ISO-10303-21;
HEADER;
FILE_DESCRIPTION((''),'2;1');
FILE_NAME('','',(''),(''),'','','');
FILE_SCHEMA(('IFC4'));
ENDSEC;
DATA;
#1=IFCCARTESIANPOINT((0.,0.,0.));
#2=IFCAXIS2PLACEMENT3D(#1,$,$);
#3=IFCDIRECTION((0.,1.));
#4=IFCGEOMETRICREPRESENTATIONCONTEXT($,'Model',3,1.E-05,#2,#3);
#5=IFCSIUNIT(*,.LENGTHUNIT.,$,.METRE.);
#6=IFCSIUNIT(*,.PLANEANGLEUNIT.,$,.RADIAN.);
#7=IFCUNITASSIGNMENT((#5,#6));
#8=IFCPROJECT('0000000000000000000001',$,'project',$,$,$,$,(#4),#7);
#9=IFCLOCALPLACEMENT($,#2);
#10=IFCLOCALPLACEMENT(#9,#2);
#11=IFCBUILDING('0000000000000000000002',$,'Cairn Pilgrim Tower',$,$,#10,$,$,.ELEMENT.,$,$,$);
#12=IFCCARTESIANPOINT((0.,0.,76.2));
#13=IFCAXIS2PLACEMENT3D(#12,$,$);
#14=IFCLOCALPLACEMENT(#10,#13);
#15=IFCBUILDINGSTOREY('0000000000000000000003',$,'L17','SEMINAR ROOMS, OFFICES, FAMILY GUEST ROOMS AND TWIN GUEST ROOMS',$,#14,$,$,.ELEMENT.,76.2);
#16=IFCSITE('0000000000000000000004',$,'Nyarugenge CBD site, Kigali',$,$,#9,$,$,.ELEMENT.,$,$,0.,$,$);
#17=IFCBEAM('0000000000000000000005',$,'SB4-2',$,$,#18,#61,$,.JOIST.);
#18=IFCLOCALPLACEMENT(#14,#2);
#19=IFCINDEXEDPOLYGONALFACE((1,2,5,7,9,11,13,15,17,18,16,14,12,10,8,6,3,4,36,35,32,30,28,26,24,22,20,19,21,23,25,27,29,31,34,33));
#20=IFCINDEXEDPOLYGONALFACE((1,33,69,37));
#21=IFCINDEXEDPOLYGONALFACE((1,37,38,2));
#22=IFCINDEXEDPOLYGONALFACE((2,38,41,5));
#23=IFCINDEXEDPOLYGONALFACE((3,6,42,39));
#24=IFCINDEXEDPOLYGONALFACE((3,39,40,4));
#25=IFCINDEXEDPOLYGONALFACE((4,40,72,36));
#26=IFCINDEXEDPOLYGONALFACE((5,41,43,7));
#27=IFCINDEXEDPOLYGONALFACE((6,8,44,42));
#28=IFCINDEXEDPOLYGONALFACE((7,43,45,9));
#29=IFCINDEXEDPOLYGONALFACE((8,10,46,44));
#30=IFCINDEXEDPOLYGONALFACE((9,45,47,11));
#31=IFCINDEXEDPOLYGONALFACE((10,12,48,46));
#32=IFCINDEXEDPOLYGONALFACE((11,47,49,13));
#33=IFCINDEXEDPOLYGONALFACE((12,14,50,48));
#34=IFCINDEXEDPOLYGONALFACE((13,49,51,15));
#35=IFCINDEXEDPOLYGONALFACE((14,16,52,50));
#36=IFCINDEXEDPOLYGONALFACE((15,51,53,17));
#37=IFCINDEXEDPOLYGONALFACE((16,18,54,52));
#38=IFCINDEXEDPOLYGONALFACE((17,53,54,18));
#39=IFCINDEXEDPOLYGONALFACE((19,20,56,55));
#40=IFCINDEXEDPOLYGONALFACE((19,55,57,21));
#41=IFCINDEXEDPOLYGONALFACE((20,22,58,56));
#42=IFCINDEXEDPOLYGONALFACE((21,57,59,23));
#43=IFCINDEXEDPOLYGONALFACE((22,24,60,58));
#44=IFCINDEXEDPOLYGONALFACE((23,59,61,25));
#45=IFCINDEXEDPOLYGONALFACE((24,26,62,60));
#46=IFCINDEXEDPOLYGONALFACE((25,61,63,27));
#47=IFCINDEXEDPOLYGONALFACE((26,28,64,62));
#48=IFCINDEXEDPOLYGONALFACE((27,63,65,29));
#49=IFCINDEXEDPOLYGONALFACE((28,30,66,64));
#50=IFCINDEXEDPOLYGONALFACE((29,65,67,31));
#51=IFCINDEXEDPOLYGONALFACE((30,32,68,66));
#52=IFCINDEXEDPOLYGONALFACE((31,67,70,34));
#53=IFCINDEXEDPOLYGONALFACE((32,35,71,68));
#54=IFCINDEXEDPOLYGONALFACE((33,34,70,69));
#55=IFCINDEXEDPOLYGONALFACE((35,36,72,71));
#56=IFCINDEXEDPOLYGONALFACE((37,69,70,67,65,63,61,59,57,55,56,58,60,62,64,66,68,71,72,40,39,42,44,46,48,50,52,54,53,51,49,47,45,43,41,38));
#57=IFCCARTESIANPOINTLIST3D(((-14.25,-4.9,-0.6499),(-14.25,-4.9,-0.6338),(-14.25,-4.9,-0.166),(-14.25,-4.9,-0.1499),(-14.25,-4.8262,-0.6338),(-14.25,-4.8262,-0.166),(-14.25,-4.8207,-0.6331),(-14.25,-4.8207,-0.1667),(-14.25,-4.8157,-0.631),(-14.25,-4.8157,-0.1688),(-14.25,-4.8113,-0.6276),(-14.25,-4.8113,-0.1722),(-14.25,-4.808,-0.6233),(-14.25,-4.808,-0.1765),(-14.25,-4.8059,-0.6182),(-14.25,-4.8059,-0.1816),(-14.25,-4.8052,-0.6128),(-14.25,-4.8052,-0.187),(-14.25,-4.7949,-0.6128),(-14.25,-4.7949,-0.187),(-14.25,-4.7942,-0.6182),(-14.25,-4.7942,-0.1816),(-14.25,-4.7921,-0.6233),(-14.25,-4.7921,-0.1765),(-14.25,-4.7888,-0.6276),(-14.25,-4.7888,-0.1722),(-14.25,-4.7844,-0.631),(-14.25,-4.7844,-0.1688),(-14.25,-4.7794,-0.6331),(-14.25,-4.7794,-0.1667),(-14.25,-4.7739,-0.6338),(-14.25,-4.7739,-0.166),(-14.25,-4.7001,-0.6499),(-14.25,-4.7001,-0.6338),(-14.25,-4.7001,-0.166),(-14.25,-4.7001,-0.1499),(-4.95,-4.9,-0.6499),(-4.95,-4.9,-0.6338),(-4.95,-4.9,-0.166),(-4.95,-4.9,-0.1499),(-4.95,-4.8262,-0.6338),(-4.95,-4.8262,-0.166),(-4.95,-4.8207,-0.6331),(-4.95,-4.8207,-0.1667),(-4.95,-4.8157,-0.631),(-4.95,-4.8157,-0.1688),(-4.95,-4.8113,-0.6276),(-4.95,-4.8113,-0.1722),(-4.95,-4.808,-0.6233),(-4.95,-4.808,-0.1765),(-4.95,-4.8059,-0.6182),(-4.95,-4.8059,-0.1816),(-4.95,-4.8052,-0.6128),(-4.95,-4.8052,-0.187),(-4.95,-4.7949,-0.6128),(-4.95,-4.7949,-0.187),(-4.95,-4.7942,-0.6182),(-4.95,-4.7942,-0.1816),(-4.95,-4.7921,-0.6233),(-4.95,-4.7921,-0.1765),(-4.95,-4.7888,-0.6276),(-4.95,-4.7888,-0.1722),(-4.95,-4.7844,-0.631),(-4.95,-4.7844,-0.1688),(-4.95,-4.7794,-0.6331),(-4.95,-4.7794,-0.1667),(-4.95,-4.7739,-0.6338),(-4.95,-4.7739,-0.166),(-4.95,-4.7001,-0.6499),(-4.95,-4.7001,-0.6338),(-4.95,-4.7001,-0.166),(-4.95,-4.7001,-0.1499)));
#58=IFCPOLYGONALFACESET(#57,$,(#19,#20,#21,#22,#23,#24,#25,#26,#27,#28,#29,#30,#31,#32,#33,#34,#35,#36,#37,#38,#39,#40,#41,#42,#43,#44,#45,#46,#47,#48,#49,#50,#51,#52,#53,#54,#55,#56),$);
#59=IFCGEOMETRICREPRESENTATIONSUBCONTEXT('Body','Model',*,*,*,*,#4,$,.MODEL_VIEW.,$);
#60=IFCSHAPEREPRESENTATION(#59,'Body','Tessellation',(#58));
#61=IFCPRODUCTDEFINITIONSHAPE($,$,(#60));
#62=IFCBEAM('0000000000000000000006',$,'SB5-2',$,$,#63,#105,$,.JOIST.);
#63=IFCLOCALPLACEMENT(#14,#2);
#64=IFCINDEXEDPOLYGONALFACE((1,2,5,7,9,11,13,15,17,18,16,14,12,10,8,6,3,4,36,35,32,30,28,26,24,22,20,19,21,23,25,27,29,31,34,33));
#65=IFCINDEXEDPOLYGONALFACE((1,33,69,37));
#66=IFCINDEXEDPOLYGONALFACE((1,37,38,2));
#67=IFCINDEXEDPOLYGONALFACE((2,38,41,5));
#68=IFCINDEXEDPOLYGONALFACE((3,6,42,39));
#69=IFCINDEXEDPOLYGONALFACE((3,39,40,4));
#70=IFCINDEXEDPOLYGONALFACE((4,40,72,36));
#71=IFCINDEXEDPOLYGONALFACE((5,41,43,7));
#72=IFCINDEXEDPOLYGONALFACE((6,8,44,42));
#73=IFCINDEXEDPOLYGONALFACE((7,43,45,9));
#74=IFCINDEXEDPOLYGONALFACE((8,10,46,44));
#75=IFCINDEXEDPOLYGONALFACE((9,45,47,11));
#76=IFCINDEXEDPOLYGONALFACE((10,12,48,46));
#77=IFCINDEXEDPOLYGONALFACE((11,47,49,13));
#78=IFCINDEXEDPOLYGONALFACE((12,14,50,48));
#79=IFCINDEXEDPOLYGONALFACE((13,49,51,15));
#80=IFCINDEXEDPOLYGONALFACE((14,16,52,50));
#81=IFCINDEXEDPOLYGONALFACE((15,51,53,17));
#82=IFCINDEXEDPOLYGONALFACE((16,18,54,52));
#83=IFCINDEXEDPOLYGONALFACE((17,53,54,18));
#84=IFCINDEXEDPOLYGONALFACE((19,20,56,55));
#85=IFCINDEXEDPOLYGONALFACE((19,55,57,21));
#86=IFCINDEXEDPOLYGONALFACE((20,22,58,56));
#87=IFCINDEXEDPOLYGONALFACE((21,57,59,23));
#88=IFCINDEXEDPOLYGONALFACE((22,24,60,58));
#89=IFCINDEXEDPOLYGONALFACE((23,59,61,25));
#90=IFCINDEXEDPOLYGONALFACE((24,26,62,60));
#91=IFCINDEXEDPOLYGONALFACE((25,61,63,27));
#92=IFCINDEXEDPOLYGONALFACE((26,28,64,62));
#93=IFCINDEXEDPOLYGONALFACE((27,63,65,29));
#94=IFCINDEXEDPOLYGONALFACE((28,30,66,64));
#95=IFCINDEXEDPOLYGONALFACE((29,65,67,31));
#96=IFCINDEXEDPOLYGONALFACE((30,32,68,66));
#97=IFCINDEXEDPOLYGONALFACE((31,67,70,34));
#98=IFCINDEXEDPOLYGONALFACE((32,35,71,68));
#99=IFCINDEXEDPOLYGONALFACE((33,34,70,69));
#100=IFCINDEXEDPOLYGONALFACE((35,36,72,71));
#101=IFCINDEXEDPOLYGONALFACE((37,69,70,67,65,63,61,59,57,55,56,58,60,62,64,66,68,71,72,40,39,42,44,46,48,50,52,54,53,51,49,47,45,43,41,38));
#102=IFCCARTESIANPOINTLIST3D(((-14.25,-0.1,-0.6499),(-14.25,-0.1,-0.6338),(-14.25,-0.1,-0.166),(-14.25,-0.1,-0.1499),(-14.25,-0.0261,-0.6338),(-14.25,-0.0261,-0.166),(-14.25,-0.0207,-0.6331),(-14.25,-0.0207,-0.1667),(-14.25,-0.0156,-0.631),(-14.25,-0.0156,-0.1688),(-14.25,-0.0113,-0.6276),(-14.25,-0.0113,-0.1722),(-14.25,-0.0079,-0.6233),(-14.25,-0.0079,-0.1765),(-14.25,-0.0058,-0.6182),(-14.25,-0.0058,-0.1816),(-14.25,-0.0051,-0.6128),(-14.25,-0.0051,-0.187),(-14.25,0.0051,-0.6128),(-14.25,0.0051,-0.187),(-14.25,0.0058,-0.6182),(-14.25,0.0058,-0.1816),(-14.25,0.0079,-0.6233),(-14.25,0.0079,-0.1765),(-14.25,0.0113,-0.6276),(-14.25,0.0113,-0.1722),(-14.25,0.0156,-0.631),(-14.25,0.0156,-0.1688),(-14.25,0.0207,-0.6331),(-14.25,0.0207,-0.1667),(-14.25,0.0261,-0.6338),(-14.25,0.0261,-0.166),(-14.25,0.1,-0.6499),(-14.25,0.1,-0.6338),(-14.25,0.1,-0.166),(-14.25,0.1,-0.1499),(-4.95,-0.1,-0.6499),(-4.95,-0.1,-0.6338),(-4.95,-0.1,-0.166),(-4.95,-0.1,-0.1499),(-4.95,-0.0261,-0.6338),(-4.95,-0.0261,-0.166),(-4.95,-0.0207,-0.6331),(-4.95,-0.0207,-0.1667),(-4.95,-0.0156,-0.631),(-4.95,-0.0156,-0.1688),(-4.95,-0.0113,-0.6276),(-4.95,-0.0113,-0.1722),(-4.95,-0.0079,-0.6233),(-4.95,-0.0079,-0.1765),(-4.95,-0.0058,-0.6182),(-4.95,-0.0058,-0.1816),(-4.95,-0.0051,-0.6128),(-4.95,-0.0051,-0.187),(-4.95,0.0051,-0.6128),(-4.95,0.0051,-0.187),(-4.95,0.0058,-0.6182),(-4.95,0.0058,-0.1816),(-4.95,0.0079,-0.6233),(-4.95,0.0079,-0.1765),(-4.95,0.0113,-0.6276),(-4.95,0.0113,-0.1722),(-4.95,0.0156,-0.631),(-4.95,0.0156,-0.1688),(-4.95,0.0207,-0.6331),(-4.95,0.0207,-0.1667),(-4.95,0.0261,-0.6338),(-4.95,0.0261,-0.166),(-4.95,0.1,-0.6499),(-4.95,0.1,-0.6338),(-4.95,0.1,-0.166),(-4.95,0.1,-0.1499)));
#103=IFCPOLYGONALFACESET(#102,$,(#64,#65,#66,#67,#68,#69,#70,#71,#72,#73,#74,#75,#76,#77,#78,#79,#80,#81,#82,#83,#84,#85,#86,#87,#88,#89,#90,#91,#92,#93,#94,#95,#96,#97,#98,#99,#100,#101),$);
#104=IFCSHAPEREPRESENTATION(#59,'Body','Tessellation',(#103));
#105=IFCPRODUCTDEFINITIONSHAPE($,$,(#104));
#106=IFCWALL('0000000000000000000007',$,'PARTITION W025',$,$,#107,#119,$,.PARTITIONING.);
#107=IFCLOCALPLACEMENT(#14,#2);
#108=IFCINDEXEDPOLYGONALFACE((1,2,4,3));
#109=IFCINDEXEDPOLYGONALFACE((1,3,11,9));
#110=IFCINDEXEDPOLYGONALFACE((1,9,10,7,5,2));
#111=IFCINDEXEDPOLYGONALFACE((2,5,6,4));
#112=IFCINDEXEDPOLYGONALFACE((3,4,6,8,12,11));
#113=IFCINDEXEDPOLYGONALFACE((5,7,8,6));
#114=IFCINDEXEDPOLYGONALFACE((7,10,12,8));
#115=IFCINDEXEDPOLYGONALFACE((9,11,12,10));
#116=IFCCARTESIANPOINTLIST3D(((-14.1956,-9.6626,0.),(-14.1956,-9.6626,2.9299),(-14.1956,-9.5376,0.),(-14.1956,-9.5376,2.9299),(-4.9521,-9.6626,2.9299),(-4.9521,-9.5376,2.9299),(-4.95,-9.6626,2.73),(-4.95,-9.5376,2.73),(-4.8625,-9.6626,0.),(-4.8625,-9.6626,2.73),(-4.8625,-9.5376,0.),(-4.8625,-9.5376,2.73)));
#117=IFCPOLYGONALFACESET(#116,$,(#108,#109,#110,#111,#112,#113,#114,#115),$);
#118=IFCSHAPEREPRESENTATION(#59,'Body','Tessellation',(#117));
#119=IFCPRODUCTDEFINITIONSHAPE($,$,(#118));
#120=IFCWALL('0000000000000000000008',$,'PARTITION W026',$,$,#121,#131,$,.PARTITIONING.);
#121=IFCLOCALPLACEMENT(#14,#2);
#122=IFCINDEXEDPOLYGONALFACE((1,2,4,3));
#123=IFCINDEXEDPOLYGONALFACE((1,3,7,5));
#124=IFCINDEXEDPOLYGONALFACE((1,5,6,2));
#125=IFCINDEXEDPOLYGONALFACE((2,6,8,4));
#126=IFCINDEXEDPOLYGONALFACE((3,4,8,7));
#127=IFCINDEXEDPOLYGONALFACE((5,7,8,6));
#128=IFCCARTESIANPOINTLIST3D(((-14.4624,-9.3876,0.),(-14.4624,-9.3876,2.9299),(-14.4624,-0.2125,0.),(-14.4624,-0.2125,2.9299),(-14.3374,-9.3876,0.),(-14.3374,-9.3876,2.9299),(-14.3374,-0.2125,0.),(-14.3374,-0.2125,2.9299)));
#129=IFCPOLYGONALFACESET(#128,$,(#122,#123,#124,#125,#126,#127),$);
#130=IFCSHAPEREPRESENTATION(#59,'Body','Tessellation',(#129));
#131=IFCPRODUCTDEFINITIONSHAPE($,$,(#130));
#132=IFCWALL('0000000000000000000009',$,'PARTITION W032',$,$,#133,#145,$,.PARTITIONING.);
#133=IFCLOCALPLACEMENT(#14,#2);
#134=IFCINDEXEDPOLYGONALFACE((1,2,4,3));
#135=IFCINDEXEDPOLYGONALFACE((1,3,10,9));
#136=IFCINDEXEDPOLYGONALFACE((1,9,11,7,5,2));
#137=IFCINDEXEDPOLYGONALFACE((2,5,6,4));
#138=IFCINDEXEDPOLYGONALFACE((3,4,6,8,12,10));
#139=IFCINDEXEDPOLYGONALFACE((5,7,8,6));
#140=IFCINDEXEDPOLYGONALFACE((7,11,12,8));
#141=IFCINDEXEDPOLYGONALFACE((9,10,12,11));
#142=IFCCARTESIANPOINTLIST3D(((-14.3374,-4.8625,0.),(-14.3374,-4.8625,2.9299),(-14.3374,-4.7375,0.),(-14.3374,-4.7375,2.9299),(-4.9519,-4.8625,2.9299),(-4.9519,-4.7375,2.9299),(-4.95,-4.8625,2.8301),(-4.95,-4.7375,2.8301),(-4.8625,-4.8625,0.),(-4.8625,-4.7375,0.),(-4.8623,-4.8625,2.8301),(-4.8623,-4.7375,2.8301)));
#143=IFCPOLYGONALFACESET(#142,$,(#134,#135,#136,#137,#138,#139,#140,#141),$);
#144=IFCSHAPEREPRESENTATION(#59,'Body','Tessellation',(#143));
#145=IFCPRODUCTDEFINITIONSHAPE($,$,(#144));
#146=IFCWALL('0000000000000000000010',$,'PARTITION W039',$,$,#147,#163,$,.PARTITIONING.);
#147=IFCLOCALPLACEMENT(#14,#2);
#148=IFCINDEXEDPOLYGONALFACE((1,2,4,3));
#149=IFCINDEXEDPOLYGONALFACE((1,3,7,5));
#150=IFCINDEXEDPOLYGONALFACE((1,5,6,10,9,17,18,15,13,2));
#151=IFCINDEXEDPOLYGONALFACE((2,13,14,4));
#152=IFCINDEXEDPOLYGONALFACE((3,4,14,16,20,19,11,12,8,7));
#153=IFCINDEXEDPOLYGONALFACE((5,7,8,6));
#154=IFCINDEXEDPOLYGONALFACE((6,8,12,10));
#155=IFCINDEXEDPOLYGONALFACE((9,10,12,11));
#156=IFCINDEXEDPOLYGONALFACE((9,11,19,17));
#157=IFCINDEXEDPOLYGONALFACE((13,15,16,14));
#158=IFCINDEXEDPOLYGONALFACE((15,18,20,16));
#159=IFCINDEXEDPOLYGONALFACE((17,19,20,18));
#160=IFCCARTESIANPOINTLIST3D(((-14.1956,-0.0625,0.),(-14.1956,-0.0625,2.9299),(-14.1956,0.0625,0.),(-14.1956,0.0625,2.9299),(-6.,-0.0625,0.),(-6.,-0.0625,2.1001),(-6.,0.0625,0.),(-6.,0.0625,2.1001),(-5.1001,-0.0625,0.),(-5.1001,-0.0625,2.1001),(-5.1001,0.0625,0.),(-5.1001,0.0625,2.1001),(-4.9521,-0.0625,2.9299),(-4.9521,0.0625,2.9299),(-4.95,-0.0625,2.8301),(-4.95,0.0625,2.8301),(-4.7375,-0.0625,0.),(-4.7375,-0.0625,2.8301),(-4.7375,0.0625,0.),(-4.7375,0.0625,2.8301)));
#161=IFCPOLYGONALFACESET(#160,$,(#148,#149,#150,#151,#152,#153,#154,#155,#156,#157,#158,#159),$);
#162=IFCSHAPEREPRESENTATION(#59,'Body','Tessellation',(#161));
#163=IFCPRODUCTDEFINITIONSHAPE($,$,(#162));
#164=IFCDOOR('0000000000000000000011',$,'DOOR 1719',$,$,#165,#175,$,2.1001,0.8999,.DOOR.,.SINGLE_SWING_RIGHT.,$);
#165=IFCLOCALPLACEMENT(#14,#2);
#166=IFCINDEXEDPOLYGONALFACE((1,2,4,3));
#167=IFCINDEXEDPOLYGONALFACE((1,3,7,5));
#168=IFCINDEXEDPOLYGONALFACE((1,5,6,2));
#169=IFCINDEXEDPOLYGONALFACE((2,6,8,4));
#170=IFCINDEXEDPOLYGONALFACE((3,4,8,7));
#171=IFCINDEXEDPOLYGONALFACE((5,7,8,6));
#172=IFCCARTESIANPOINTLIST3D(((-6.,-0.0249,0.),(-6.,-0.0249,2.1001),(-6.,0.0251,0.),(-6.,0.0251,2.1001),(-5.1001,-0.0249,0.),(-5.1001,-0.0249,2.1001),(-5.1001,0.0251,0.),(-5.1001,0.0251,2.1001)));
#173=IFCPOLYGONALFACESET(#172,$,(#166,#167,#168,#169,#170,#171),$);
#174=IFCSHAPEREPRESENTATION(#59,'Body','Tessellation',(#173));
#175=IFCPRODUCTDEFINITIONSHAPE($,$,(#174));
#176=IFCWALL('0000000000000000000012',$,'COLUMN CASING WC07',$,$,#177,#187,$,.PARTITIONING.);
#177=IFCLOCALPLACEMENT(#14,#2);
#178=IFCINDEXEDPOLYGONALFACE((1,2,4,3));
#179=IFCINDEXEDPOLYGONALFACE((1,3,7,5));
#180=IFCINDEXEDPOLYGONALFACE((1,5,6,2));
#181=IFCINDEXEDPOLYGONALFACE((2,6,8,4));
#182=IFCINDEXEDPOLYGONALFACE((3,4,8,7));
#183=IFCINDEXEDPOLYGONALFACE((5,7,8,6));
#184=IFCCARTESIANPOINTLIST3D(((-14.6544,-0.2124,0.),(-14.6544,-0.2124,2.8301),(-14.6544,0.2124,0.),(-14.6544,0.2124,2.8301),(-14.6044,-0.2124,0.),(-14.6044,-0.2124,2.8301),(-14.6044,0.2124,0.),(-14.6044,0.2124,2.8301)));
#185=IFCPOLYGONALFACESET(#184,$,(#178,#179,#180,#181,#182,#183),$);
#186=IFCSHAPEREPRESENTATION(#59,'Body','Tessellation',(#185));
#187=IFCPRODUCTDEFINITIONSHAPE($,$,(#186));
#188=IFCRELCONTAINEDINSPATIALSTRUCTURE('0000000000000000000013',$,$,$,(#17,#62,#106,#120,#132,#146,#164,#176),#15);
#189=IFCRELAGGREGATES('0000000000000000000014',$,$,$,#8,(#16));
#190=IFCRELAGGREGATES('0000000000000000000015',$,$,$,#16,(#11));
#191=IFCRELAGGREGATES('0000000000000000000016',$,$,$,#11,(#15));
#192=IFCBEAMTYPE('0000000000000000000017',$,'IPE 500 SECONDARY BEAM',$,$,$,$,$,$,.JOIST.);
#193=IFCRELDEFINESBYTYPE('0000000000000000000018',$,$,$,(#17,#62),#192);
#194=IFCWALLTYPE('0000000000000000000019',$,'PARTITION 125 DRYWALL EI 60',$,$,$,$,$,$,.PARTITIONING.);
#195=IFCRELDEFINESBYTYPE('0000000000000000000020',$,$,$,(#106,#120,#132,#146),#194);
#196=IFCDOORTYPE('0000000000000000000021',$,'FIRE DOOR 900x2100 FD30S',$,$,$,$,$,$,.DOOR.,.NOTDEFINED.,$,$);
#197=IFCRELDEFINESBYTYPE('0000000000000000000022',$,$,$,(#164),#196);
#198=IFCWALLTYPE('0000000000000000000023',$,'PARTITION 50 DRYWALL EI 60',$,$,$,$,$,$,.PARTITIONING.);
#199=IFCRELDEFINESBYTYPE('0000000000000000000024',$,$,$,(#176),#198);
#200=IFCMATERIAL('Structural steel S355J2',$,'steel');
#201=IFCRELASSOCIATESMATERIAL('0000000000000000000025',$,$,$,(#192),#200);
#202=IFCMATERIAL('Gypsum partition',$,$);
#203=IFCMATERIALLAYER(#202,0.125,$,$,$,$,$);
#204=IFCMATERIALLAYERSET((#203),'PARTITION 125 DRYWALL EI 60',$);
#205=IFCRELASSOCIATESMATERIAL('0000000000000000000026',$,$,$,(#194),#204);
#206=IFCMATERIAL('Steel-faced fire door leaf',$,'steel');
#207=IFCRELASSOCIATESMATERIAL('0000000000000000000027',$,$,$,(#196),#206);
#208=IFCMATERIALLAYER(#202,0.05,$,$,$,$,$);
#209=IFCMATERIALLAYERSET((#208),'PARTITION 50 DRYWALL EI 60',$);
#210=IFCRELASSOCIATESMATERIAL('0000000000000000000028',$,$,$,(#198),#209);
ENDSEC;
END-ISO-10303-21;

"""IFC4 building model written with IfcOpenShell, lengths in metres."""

from ifc_helpers import new_model, si_unit, direction, frame, frame_2d, origin, origin_2d, place, context, subcontext, project, spatial, polyline, rectangle, i_section, outline, extrude, material, layer, layer_set, material_profile, profile_set, type_object, element, fill, save


model = new_model("IFC4")

# Units and contexts
model_context = context("Model", 3, precision=1e-05, world=origin(), true_north=direction((0.0, 1.0)))
body_context = subcontext(model_context, "Body", "Model", "MODEL_VIEW")
ifc_project = project(units=[si_unit("LENGTHUNIT", "METRE"), si_unit("PLANEANGLEUNIT", "RADIAN")], contexts=[model_context])

# Site, building, storey
site_placement = place(None, origin())
site = spatial("IfcSite", under=ifc_project, at=site_placement, Name="Nyarugenge CBD site, Kigali", CompositionType="ELEMENT", RefElevation=0.0)
building_placement = place(site_placement, origin())
building = spatial("IfcBuilding", under=site, at=building_placement, Name="Cairn Pilgrim Tower", CompositionType="ELEMENT")
storey_placement = place(building_placement, frame((0.0, 0.0, 76.2)))
storey = spatial("IfcBuildingStorey", under=building, at=storey_placement, Name="L17", Description="SEMINAR ROOMS, OFFICES, FAMILY GUEST ROOMS AND TWIN GUEST ROOMS", CompositionType="ELEMENT", Elevation=76.2)

# Beams
ifc_material_1 = material(Name="Structural steel S355J2", Category="steel")
ifc_material_profile_1 = material_profile(ifc_material_1, i_section(OverallWidth=0.2, OverallDepth=0.5, WebThickness=0.0103, FlangeThickness=0.0161, FilletRadius=0.021, at=origin_2d()), Name="IPE 500")
ifc_profile_set_1 = profile_set([ifc_material_profile_1], Name="Structural steel S355J2")
beam_type_1 = type_object("IfcBeamType", Name="IPE 500 SECONDARY BEAM", PredefinedType="JOIST", material=ifc_profile_set_1)
for number, where, z_axis, x_axis, name in (
    (1, (-14.25, -4.8, -0.3999), (1.0, 0.0, 0.0), (0.0, 1.0, 0.0), "SB4-2"),
    (2, (-14.25, 0.0, -0.3999), (1.0, 0.0, 0.0), (0.0, 1.0, 0.0), "SB5-2"),
):
    element("IfcBeam", number, at=place(storey_placement, frame(where, z_axis=z_axis, x_axis=x_axis)), inside=storey, type_object=beam_type_1, Name=name, PredefinedType="JOIST", context=body_context, shape_type="SweptSolid", body=[
        extrude(i_section(OverallWidth=0.2, OverallDepth=0.5, WebThickness=0.0103, FlangeThickness=0.0161, FilletRadius=0.021, at=origin_2d()), origin(), (0.0, 0.0, 1.0), 9.3),
    ])

# Walls
ifc_material_2 = material(Name="Gypsum partition")
ifc_layer_1 = layer(ifc_material_2, 0.125)
ifc_layer_set_1 = layer_set([ifc_layer_1], Name="PARTITION 125 DRYWALL EI 60")
wall_type_1 = type_object("IfcWallType", Name="PARTITION 125 DRYWALL EI 60", PredefinedType="PARTITIONING", material=ifc_layer_set_1)
wall_1_placement = place(storey_placement, frame((-14.1956, -9.6001, 0.0), z_axis=(0.0, 0.0, 1.0), x_axis=(1.0, 0.0, 0.0)))
element("IfcWall", 3, at=wall_1_placement, inside=storey, type_object=wall_type_1, Name="PARTITION W025", PredefinedType="PARTITIONING", context=body_context, shape_type="SweptSolid", body=[
    extrude(outline(polyline([(0.0, 0.0), (9.333, 0.0), (9.333, 2.73), (9.2456, 2.73), (9.2434, 2.9299), (0.0, 2.9299), (0.0, 0.0)])), frame((0.0, 0.0625, 0.0), z_axis=(0.0, -1.0, 0.0), x_axis=(1.0, 0.0, 0.0)), (0.0, 0.0, 1.0), 0.125),
])
wall_2_placement = place(storey_placement, frame((-14.3999, -9.3875, 0.0), z_axis=(0.0, 0.0, 1.0), x_axis=(0.0, 1.0, 0.0)))
element("IfcWall", 4, at=wall_2_placement, inside=storey, type_object=wall_type_1, Name="PARTITION W026", PredefinedType="PARTITIONING", context=body_context, shape_type="SweptSolid", body=[
    extrude(rectangle(XDim=9.175, YDim=0.125, at=frame_2d((4.5874, 0.0))), origin(), (0.0, 0.0, 1.0), 2.9299),
])
wall_3_placement = place(storey_placement, frame((-14.3374, -4.8, 0.0), z_axis=(0.0, 0.0, 1.0), x_axis=(1.0, 0.0, 0.0)))
element("IfcWall", 5, at=wall_3_placement, inside=storey, type_object=wall_type_1, Name="PARTITION W032", PredefinedType="PARTITIONING", context=body_context, shape_type="SweptSolid", body=[
    extrude(outline(polyline([(0.0, 0.0), (9.4749, 0.0), (9.4751, 2.8301), (9.3875, 2.8301), (9.3855, 2.9299), (0.0, 2.9299), (0.0, 0.0)])), frame((0.0, 0.0625, 0.0), z_axis=(0.0, -1.0, 0.0), x_axis=(1.0, 0.0, 0.0)), (0.0, 0.0, 1.0), 0.125),
])

# Wall, opening, door
wall_4_placement = place(storey_placement, frame((-14.1956, 0.0, 0.0), z_axis=(0.0, 0.0, 1.0), x_axis=(1.0, 0.0, 0.0)))
wall_4 = element("IfcWall", 6, at=wall_4_placement, inside=storey, type_object=wall_type_1, Name="PARTITION W039", PredefinedType="PARTITIONING", context=body_context, shape_type="SweptSolid", body=[
    extrude(outline(polyline([(0.0, 0.0), (9.458, 0.0), (9.458, 2.8301), (9.2456, 2.8301), (9.2434, 2.9299), (0.0, 2.9299), (0.0, 0.0)])), frame((0.0, 0.0625, 0.0), z_axis=(0.0, -1.0, 0.0), x_axis=(1.0, 0.0, 0.0)), (0.0, 0.0, 1.0), 0.125),
])
opening_placement = place(wall_4_placement, frame((8.1956, 0.0, 0.0)))
opening = element("IfcOpeningElement", 7, at=opening_placement, cuts=wall_4, PredefinedType="OPENING", context=body_context, shape_type="SweptSolid", body=[
    extrude(rectangle(XDim=0.8999, YDim=2.1001, at=frame_2d((0.45, 1.05))), frame((0.0, 0.0725, 0.0), z_axis=(0.0, -1.0, 0.0), x_axis=(1.0, 0.0, 0.0)), (0.0, 0.0, 1.0), 0.145),
])
ifc_material_3 = material(Name="Steel-faced fire door leaf", Category="steel")
door_type = type_object("IfcDoorType", Name="FIRE DOOR 900x2100 FD30S", OperationType="NOTDEFINED", PredefinedType="DOOR", material=ifc_material_3)
door_placement = place(opening_placement, frame((0.8999, 0.0, 0.0), z_axis=(0.0, 0.0, 1.0), x_axis=(-1.0, 0.0, 0.0)))
door = element("IfcDoor", 8, at=door_placement, inside=storey, type_object=door_type, Name="DOOR 1719", OperationType="SINGLE_SWING_RIGHT", OverallHeight=2.1001, OverallWidth=0.8999, PredefinedType="DOOR", context=body_context, shape_type="SweptSolid", body=[
    extrude(rectangle(XDim=0.8999, YDim=2.1001, at=frame_2d((0.45, 1.05))), frame((0.0, 0.0249, 0.0), z_axis=(0.0, -1.0, 0.0), x_axis=(1.0, 0.0, 0.0)), (0.0, 0.0, 1.0), 0.05),
])
fill(opening, door)

# Wall
ifc_layer_2 = layer(ifc_material_2, 0.05)
ifc_layer_set_2 = layer_set([ifc_layer_2], Name="PARTITION 50 DRYWALL EI 60")
wall_type_2 = type_object("IfcWallType", Name="PARTITION 50 DRYWALL EI 60", PredefinedType="PARTITIONING", material=ifc_layer_set_2)
wall_5_placement = place(storey_placement, frame((-14.6294, -0.2124, 0.0), z_axis=(0.0, 0.0, 1.0), x_axis=(0.0, 1.0, 0.0)))
element("IfcWall", 9, at=wall_5_placement, inside=storey, type_object=wall_type_2, Name="COLUMN CASING WC07", PredefinedType="PARTITIONING", context=body_context, shape_type="SweptSolid", body=[
    extrude(rectangle(XDim=0.4248, YDim=0.05, at=frame_2d((0.2124, 0.0))), origin(), (0.0, 0.0, 1.0), 2.8301),
])

save(model, "model.ifc")
